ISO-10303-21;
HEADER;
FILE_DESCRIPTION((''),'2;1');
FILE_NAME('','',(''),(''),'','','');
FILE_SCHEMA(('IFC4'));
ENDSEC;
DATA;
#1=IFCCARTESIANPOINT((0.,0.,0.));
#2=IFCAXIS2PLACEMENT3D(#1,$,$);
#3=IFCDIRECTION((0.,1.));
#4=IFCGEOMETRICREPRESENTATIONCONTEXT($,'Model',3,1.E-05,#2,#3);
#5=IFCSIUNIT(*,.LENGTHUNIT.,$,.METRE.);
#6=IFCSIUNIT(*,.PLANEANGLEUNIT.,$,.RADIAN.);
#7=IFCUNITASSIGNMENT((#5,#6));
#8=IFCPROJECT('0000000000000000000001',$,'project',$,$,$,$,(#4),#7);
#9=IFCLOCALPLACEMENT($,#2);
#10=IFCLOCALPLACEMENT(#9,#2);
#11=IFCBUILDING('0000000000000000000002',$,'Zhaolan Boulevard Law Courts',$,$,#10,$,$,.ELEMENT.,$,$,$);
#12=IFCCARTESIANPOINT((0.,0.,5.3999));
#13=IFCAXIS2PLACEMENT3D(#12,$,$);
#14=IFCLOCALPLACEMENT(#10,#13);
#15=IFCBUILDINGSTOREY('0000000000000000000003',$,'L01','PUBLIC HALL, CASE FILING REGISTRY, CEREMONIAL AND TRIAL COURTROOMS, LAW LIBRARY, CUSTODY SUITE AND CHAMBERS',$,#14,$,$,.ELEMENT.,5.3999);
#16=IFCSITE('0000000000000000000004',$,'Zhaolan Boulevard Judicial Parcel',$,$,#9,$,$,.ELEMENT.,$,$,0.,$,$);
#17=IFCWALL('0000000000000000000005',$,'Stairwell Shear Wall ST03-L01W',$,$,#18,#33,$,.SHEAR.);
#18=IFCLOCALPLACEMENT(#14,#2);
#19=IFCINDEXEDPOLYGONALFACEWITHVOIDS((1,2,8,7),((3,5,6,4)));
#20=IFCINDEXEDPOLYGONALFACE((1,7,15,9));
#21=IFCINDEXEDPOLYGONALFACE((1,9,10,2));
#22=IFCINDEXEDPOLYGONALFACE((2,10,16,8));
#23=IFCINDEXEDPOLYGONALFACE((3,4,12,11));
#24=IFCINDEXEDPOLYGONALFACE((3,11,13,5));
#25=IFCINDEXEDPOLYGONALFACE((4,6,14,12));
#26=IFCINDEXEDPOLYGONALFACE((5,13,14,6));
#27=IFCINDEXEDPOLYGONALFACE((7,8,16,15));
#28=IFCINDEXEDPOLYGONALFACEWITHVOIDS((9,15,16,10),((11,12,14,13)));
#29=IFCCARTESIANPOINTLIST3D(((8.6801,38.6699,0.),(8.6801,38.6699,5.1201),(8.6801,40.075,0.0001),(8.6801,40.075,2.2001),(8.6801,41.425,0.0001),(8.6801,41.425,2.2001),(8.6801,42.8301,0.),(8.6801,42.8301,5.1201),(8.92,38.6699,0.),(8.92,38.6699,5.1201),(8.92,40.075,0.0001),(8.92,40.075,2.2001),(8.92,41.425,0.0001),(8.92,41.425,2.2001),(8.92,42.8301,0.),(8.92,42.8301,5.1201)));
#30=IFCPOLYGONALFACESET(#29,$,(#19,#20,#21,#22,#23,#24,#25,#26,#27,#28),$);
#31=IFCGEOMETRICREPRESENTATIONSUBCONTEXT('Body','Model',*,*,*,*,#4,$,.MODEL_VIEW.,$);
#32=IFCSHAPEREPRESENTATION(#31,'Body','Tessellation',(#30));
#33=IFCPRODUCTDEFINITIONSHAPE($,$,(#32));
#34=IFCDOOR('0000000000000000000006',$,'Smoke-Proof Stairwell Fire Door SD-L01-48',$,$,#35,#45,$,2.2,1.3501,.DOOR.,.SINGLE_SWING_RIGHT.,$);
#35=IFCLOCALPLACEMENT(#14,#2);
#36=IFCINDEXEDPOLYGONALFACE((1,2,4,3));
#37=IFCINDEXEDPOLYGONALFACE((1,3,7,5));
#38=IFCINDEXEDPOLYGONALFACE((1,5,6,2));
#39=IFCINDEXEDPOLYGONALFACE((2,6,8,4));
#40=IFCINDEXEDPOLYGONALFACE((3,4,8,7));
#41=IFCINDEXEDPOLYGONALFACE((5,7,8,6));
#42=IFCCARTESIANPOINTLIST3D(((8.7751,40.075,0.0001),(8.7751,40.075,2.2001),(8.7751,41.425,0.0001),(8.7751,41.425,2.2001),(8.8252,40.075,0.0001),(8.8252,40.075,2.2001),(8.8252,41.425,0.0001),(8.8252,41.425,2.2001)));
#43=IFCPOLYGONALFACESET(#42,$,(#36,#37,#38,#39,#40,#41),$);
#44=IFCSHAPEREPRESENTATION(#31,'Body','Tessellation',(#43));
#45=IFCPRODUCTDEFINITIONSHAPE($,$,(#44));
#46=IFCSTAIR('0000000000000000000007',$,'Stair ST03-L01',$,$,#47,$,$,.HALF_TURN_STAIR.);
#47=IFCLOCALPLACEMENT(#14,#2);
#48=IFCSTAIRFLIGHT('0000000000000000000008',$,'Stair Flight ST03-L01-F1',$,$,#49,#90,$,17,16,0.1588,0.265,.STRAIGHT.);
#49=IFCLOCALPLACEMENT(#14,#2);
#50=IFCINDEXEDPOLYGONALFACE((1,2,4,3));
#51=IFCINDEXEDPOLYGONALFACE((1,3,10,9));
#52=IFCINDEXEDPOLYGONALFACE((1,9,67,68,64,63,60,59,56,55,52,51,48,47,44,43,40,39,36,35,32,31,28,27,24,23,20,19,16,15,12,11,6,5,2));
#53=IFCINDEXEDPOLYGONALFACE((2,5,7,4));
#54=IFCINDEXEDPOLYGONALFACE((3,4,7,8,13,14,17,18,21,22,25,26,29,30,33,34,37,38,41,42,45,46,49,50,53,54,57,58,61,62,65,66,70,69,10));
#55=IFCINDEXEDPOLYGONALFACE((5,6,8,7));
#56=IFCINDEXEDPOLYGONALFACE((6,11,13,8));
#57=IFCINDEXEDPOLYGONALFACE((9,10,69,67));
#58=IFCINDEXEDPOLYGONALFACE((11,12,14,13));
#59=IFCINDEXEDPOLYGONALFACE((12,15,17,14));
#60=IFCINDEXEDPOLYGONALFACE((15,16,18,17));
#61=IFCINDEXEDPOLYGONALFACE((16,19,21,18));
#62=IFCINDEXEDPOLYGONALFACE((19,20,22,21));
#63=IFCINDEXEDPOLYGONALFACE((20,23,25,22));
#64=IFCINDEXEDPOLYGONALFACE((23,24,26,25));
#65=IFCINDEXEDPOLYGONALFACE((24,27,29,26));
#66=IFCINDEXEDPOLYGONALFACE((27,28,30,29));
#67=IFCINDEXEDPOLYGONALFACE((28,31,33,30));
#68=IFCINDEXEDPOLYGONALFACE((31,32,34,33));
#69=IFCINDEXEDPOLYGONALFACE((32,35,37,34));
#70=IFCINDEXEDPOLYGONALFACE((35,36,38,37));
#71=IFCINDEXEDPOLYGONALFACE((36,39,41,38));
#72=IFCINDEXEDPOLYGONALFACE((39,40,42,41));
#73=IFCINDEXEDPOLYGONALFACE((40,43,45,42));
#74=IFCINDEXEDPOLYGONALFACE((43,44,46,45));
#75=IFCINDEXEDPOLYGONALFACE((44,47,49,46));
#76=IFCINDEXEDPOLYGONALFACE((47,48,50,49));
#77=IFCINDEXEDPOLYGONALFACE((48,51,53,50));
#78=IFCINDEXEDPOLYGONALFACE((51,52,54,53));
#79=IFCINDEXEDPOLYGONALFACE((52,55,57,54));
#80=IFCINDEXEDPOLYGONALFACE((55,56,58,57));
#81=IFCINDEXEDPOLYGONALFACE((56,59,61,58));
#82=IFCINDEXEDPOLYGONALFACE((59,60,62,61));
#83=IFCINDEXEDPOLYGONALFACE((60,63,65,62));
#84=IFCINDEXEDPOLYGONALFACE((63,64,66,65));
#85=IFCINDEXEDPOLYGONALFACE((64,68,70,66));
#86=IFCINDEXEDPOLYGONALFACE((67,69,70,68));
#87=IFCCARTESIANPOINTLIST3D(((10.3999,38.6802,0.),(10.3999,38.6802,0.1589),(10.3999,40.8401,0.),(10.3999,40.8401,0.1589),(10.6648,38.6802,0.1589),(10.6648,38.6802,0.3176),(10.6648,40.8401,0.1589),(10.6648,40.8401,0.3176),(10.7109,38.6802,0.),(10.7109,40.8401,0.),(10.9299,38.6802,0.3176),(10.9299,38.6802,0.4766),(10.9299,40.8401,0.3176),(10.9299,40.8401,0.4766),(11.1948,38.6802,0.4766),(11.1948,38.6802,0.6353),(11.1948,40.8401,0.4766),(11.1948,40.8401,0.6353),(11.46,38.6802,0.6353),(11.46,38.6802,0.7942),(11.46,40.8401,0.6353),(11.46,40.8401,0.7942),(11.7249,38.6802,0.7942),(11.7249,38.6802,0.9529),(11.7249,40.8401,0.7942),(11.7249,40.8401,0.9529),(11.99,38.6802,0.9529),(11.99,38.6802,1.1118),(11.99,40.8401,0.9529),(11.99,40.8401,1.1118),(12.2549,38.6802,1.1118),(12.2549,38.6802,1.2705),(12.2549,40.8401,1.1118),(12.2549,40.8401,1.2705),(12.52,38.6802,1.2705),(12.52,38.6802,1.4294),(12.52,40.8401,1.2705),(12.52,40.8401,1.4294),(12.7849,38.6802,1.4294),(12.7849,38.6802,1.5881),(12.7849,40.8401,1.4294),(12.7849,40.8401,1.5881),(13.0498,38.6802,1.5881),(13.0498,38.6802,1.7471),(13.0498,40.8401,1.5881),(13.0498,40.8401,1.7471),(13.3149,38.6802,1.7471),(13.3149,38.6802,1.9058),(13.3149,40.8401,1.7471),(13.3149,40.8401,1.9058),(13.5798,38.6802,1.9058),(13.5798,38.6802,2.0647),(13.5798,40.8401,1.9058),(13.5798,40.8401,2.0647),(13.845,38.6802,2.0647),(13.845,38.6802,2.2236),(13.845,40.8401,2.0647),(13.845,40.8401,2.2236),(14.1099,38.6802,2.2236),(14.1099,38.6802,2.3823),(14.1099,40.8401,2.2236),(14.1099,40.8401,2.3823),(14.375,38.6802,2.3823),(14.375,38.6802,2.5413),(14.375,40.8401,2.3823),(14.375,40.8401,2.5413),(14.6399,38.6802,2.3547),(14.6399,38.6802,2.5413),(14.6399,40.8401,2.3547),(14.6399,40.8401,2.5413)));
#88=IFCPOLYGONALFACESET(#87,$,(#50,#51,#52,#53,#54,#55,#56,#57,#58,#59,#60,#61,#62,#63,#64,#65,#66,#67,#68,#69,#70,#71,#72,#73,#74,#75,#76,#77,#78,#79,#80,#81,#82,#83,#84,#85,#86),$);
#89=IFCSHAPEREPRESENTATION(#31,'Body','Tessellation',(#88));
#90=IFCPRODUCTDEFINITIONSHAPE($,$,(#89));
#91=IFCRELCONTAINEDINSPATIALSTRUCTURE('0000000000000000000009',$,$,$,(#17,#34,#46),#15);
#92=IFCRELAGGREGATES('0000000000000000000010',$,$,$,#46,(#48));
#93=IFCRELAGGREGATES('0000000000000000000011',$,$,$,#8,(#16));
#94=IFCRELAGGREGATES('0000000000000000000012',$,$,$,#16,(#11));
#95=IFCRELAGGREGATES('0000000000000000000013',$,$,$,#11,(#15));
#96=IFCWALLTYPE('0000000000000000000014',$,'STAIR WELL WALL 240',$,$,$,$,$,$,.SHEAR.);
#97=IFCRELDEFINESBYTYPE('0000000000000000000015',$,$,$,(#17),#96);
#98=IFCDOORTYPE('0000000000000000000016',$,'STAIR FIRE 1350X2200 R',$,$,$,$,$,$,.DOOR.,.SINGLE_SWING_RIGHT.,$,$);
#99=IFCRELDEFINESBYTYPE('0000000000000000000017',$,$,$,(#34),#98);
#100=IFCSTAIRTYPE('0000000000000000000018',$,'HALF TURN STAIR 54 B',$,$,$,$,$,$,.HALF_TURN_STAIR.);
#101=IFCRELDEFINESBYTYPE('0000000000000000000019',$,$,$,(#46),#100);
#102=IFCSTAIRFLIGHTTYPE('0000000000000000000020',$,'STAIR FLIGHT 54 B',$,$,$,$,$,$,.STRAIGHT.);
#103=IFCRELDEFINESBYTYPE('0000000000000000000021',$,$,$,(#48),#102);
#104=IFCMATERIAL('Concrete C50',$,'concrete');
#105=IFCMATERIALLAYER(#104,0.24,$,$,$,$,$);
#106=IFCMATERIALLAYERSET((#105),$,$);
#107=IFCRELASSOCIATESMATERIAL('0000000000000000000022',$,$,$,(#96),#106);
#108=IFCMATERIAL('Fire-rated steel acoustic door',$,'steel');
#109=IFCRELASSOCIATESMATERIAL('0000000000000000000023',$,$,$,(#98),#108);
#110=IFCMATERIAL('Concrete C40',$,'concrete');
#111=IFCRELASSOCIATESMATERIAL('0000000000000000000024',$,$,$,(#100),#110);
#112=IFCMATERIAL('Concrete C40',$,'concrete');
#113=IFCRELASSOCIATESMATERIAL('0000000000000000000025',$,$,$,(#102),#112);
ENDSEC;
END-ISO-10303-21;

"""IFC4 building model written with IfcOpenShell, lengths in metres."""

from ifc_helpers import new_model, si_unit, direction, frame, frame_2d, origin, place, context, subcontext, project, spatial, polyline, rectangle, outline, extrude, material, layer, layer_set, type_object, element, fill, aggregate, save


model = new_model("IFC4")

# Units and contexts
model_context = context("Model", 3, precision=1e-05, world=origin(), true_north=direction((0.0, 1.0)))
body_context = subcontext(model_context, "Body", "Model", "MODEL_VIEW")
ifc_project = project(units=[si_unit("LENGTHUNIT", "METRE"), si_unit("PLANEANGLEUNIT", "RADIAN")], contexts=[model_context])

# Site, building, storey
site_placement = place(None, origin())
site = spatial("IfcSite", under=ifc_project, at=site_placement, Name="Zhaolan Boulevard Judicial Parcel", CompositionType="ELEMENT", RefElevation=0.0)
building_placement = place(site_placement, origin())
building = spatial("IfcBuilding", under=site, at=building_placement, Name="Zhaolan Boulevard Law Courts", CompositionType="ELEMENT")
storey_placement = place(building_placement, frame((0.0, 0.0, 5.3999)))
storey = spatial("IfcBuildingStorey", under=building, at=storey_placement, Name="L01", Description="PUBLIC HALL, CASE FILING REGISTRY, CEREMONIAL AND TRIAL COURTROOMS, LAW LIBRARY, CUSTODY SUITE AND CHAMBERS", CompositionType="ELEMENT", Elevation=5.3999)

# Wall, opening, door
ifc_material_1 = material(Name="Concrete C50", Category="concrete")
ifc_layer_1 = layer(ifc_material_1, 0.24)
ifc_layer_set_1 = layer_set([ifc_layer_1])
wall_type_1 = type_object("IfcWallType", Name="STAIR WELL WALL 240", PredefinedType="SHEAR", material=ifc_layer_set_1)
wall_1_placement = place(storey_placement, frame((8.8, 38.6699, 0.0), z_axis=(0.0, 0.0, 1.0), x_axis=(0.0, 1.0, 0.0)))
wall_1 = element("IfcWall", 1, at=wall_1_placement, inside=storey, type_object=wall_type_1, Name="Stairwell Shear Wall ST03-L01W", PredefinedType="SHEAR", context=body_context, shape_type="SweptSolid", body=[
    extrude(rectangle(XDim=4.1602, YDim=0.24, at=frame_2d((2.0801, 0.0))), origin(), (0.0, 0.0, 1.0), 5.1201),
])
opening_1_placement = place(wall_1_placement, frame((1.405, 0.0, 0.0)))
opening_1 = element("IfcOpeningElement", 2, at=opening_1_placement, cuts=wall_1, PredefinedType="OPENING", context=body_context, shape_type="SweptSolid", body=[
    extrude(rectangle(XDim=1.3501, YDim=2.2, at=frame_2d((0.675, 1.1001))), frame((0.0, 0.1299, 0.0), z_axis=(0.0, -1.0, 0.0), x_axis=(1.0, 0.0, 0.0)), (0.0, 0.0, 1.0), 0.26),
])
ifc_material_2 = material(Name="Fire-rated steel acoustic door", Category="steel")
door_type_1 = type_object("IfcDoorType", Name="STAIR FIRE 1350X2200 R", OperationType="SINGLE_SWING_RIGHT", PredefinedType="DOOR", material=ifc_material_2)
door_1_placement = place(opening_1_placement, origin())
door_1 = element("IfcDoor", 3, at=door_1_placement, inside=storey, type_object=door_type_1, Name="Smoke-Proof Stairwell Fire Door SD-L01-48", OperationType="SINGLE_SWING_RIGHT", OverallHeight=2.2, OverallWidth=1.3501, PredefinedType="DOOR", context=body_context, shape_type="SweptSolid", body=[
    extrude(rectangle(XDim=1.3501, YDim=2.2, at=frame_2d((0.675, 1.1001))), frame((0.0, 0.0249, 0.0), z_axis=(0.0, -1.0, 0.0), x_axis=(1.0, 0.0, 0.0)), (0.0, 0.0, 1.0), 0.05),
])
fill(opening_1, door_1)

# Stair, stair flight
ifc_material_3 = material(Name="Concrete C40", Category="concrete")
stair_type = type_object("IfcStairType", Name="HALF TURN STAIR 54 B", PredefinedType="HALF_TURN_STAIR", material=ifc_material_3)
stair_placement = place(storey_placement, origin())
stair = element("IfcStair", 4, at=stair_placement, inside=storey, type_object=stair_type, Name="Stair ST03-L01", PredefinedType="HALF_TURN_STAIR")
ifc_material_4 = material(Name="Concrete C40", Category="concrete")
stair_flight_type = type_object("IfcStairFlightType", Name="STAIR FLIGHT 54 B", PredefinedType="STRAIGHT", material=ifc_material_4)
stair_flight_placement = place(storey_placement, frame((10.3999, 39.76, 0.0), z_axis=(0.0, 0.0, 1.0), x_axis=(1.0, 0.0, 0.0)))
stair_flight = element("IfcStairFlight", 5, at=stair_flight_placement, type_object=stair_flight_type, Name="Stair Flight ST03-L01-F1", NumberOfRisers=17, NumberOfTreads=16, PredefinedType="STRAIGHT", RiserHeight=0.1588, TreadLength=0.265, context=body_context, shape_type="SweptSolid", body=[
    extrude(outline(polyline([(0.0, 0.0), (0.0, 0.1589), (0.2649, 0.1589), (0.2649, 0.3176), (0.53, 0.3176), (0.53, 0.4766), (0.7949, 0.4766), (0.7949, 0.6353), (1.0601, 0.6353), (1.0601, 0.7942), (1.325, 0.7942), (1.325, 0.9529), (1.5901, 0.9529), (1.5901, 1.1118), (1.855, 1.1118), (1.855, 1.2705), (2.1201, 1.2705), (2.1201, 1.4294), (2.385, 1.4294), (2.385, 1.5881), (2.6499, 1.5881), (2.6499, 1.7471), (2.915, 1.7471), (2.915, 1.9058), (3.1799, 1.9058), (3.1799, 2.0647), (3.4451, 2.0647), (3.4451, 2.2236), (3.71, 2.2236), (3.71, 2.3823), (3.9751, 2.3823), (3.9751, 2.5413), (4.24, 2.5413), (4.24, 2.7), (4.24, 2.3547), (0.311, 0.0), (0.0, 0.0)])), frame((0.0, 1.0801, 0.0), z_axis=(0.0, -1.0, 0.0), x_axis=(1.0, 0.0, 0.0)), (0.0, 0.0, 1.0), 2.1599),
])
aggregate(stair, [stair_flight])

save(model, "model.ifc")
